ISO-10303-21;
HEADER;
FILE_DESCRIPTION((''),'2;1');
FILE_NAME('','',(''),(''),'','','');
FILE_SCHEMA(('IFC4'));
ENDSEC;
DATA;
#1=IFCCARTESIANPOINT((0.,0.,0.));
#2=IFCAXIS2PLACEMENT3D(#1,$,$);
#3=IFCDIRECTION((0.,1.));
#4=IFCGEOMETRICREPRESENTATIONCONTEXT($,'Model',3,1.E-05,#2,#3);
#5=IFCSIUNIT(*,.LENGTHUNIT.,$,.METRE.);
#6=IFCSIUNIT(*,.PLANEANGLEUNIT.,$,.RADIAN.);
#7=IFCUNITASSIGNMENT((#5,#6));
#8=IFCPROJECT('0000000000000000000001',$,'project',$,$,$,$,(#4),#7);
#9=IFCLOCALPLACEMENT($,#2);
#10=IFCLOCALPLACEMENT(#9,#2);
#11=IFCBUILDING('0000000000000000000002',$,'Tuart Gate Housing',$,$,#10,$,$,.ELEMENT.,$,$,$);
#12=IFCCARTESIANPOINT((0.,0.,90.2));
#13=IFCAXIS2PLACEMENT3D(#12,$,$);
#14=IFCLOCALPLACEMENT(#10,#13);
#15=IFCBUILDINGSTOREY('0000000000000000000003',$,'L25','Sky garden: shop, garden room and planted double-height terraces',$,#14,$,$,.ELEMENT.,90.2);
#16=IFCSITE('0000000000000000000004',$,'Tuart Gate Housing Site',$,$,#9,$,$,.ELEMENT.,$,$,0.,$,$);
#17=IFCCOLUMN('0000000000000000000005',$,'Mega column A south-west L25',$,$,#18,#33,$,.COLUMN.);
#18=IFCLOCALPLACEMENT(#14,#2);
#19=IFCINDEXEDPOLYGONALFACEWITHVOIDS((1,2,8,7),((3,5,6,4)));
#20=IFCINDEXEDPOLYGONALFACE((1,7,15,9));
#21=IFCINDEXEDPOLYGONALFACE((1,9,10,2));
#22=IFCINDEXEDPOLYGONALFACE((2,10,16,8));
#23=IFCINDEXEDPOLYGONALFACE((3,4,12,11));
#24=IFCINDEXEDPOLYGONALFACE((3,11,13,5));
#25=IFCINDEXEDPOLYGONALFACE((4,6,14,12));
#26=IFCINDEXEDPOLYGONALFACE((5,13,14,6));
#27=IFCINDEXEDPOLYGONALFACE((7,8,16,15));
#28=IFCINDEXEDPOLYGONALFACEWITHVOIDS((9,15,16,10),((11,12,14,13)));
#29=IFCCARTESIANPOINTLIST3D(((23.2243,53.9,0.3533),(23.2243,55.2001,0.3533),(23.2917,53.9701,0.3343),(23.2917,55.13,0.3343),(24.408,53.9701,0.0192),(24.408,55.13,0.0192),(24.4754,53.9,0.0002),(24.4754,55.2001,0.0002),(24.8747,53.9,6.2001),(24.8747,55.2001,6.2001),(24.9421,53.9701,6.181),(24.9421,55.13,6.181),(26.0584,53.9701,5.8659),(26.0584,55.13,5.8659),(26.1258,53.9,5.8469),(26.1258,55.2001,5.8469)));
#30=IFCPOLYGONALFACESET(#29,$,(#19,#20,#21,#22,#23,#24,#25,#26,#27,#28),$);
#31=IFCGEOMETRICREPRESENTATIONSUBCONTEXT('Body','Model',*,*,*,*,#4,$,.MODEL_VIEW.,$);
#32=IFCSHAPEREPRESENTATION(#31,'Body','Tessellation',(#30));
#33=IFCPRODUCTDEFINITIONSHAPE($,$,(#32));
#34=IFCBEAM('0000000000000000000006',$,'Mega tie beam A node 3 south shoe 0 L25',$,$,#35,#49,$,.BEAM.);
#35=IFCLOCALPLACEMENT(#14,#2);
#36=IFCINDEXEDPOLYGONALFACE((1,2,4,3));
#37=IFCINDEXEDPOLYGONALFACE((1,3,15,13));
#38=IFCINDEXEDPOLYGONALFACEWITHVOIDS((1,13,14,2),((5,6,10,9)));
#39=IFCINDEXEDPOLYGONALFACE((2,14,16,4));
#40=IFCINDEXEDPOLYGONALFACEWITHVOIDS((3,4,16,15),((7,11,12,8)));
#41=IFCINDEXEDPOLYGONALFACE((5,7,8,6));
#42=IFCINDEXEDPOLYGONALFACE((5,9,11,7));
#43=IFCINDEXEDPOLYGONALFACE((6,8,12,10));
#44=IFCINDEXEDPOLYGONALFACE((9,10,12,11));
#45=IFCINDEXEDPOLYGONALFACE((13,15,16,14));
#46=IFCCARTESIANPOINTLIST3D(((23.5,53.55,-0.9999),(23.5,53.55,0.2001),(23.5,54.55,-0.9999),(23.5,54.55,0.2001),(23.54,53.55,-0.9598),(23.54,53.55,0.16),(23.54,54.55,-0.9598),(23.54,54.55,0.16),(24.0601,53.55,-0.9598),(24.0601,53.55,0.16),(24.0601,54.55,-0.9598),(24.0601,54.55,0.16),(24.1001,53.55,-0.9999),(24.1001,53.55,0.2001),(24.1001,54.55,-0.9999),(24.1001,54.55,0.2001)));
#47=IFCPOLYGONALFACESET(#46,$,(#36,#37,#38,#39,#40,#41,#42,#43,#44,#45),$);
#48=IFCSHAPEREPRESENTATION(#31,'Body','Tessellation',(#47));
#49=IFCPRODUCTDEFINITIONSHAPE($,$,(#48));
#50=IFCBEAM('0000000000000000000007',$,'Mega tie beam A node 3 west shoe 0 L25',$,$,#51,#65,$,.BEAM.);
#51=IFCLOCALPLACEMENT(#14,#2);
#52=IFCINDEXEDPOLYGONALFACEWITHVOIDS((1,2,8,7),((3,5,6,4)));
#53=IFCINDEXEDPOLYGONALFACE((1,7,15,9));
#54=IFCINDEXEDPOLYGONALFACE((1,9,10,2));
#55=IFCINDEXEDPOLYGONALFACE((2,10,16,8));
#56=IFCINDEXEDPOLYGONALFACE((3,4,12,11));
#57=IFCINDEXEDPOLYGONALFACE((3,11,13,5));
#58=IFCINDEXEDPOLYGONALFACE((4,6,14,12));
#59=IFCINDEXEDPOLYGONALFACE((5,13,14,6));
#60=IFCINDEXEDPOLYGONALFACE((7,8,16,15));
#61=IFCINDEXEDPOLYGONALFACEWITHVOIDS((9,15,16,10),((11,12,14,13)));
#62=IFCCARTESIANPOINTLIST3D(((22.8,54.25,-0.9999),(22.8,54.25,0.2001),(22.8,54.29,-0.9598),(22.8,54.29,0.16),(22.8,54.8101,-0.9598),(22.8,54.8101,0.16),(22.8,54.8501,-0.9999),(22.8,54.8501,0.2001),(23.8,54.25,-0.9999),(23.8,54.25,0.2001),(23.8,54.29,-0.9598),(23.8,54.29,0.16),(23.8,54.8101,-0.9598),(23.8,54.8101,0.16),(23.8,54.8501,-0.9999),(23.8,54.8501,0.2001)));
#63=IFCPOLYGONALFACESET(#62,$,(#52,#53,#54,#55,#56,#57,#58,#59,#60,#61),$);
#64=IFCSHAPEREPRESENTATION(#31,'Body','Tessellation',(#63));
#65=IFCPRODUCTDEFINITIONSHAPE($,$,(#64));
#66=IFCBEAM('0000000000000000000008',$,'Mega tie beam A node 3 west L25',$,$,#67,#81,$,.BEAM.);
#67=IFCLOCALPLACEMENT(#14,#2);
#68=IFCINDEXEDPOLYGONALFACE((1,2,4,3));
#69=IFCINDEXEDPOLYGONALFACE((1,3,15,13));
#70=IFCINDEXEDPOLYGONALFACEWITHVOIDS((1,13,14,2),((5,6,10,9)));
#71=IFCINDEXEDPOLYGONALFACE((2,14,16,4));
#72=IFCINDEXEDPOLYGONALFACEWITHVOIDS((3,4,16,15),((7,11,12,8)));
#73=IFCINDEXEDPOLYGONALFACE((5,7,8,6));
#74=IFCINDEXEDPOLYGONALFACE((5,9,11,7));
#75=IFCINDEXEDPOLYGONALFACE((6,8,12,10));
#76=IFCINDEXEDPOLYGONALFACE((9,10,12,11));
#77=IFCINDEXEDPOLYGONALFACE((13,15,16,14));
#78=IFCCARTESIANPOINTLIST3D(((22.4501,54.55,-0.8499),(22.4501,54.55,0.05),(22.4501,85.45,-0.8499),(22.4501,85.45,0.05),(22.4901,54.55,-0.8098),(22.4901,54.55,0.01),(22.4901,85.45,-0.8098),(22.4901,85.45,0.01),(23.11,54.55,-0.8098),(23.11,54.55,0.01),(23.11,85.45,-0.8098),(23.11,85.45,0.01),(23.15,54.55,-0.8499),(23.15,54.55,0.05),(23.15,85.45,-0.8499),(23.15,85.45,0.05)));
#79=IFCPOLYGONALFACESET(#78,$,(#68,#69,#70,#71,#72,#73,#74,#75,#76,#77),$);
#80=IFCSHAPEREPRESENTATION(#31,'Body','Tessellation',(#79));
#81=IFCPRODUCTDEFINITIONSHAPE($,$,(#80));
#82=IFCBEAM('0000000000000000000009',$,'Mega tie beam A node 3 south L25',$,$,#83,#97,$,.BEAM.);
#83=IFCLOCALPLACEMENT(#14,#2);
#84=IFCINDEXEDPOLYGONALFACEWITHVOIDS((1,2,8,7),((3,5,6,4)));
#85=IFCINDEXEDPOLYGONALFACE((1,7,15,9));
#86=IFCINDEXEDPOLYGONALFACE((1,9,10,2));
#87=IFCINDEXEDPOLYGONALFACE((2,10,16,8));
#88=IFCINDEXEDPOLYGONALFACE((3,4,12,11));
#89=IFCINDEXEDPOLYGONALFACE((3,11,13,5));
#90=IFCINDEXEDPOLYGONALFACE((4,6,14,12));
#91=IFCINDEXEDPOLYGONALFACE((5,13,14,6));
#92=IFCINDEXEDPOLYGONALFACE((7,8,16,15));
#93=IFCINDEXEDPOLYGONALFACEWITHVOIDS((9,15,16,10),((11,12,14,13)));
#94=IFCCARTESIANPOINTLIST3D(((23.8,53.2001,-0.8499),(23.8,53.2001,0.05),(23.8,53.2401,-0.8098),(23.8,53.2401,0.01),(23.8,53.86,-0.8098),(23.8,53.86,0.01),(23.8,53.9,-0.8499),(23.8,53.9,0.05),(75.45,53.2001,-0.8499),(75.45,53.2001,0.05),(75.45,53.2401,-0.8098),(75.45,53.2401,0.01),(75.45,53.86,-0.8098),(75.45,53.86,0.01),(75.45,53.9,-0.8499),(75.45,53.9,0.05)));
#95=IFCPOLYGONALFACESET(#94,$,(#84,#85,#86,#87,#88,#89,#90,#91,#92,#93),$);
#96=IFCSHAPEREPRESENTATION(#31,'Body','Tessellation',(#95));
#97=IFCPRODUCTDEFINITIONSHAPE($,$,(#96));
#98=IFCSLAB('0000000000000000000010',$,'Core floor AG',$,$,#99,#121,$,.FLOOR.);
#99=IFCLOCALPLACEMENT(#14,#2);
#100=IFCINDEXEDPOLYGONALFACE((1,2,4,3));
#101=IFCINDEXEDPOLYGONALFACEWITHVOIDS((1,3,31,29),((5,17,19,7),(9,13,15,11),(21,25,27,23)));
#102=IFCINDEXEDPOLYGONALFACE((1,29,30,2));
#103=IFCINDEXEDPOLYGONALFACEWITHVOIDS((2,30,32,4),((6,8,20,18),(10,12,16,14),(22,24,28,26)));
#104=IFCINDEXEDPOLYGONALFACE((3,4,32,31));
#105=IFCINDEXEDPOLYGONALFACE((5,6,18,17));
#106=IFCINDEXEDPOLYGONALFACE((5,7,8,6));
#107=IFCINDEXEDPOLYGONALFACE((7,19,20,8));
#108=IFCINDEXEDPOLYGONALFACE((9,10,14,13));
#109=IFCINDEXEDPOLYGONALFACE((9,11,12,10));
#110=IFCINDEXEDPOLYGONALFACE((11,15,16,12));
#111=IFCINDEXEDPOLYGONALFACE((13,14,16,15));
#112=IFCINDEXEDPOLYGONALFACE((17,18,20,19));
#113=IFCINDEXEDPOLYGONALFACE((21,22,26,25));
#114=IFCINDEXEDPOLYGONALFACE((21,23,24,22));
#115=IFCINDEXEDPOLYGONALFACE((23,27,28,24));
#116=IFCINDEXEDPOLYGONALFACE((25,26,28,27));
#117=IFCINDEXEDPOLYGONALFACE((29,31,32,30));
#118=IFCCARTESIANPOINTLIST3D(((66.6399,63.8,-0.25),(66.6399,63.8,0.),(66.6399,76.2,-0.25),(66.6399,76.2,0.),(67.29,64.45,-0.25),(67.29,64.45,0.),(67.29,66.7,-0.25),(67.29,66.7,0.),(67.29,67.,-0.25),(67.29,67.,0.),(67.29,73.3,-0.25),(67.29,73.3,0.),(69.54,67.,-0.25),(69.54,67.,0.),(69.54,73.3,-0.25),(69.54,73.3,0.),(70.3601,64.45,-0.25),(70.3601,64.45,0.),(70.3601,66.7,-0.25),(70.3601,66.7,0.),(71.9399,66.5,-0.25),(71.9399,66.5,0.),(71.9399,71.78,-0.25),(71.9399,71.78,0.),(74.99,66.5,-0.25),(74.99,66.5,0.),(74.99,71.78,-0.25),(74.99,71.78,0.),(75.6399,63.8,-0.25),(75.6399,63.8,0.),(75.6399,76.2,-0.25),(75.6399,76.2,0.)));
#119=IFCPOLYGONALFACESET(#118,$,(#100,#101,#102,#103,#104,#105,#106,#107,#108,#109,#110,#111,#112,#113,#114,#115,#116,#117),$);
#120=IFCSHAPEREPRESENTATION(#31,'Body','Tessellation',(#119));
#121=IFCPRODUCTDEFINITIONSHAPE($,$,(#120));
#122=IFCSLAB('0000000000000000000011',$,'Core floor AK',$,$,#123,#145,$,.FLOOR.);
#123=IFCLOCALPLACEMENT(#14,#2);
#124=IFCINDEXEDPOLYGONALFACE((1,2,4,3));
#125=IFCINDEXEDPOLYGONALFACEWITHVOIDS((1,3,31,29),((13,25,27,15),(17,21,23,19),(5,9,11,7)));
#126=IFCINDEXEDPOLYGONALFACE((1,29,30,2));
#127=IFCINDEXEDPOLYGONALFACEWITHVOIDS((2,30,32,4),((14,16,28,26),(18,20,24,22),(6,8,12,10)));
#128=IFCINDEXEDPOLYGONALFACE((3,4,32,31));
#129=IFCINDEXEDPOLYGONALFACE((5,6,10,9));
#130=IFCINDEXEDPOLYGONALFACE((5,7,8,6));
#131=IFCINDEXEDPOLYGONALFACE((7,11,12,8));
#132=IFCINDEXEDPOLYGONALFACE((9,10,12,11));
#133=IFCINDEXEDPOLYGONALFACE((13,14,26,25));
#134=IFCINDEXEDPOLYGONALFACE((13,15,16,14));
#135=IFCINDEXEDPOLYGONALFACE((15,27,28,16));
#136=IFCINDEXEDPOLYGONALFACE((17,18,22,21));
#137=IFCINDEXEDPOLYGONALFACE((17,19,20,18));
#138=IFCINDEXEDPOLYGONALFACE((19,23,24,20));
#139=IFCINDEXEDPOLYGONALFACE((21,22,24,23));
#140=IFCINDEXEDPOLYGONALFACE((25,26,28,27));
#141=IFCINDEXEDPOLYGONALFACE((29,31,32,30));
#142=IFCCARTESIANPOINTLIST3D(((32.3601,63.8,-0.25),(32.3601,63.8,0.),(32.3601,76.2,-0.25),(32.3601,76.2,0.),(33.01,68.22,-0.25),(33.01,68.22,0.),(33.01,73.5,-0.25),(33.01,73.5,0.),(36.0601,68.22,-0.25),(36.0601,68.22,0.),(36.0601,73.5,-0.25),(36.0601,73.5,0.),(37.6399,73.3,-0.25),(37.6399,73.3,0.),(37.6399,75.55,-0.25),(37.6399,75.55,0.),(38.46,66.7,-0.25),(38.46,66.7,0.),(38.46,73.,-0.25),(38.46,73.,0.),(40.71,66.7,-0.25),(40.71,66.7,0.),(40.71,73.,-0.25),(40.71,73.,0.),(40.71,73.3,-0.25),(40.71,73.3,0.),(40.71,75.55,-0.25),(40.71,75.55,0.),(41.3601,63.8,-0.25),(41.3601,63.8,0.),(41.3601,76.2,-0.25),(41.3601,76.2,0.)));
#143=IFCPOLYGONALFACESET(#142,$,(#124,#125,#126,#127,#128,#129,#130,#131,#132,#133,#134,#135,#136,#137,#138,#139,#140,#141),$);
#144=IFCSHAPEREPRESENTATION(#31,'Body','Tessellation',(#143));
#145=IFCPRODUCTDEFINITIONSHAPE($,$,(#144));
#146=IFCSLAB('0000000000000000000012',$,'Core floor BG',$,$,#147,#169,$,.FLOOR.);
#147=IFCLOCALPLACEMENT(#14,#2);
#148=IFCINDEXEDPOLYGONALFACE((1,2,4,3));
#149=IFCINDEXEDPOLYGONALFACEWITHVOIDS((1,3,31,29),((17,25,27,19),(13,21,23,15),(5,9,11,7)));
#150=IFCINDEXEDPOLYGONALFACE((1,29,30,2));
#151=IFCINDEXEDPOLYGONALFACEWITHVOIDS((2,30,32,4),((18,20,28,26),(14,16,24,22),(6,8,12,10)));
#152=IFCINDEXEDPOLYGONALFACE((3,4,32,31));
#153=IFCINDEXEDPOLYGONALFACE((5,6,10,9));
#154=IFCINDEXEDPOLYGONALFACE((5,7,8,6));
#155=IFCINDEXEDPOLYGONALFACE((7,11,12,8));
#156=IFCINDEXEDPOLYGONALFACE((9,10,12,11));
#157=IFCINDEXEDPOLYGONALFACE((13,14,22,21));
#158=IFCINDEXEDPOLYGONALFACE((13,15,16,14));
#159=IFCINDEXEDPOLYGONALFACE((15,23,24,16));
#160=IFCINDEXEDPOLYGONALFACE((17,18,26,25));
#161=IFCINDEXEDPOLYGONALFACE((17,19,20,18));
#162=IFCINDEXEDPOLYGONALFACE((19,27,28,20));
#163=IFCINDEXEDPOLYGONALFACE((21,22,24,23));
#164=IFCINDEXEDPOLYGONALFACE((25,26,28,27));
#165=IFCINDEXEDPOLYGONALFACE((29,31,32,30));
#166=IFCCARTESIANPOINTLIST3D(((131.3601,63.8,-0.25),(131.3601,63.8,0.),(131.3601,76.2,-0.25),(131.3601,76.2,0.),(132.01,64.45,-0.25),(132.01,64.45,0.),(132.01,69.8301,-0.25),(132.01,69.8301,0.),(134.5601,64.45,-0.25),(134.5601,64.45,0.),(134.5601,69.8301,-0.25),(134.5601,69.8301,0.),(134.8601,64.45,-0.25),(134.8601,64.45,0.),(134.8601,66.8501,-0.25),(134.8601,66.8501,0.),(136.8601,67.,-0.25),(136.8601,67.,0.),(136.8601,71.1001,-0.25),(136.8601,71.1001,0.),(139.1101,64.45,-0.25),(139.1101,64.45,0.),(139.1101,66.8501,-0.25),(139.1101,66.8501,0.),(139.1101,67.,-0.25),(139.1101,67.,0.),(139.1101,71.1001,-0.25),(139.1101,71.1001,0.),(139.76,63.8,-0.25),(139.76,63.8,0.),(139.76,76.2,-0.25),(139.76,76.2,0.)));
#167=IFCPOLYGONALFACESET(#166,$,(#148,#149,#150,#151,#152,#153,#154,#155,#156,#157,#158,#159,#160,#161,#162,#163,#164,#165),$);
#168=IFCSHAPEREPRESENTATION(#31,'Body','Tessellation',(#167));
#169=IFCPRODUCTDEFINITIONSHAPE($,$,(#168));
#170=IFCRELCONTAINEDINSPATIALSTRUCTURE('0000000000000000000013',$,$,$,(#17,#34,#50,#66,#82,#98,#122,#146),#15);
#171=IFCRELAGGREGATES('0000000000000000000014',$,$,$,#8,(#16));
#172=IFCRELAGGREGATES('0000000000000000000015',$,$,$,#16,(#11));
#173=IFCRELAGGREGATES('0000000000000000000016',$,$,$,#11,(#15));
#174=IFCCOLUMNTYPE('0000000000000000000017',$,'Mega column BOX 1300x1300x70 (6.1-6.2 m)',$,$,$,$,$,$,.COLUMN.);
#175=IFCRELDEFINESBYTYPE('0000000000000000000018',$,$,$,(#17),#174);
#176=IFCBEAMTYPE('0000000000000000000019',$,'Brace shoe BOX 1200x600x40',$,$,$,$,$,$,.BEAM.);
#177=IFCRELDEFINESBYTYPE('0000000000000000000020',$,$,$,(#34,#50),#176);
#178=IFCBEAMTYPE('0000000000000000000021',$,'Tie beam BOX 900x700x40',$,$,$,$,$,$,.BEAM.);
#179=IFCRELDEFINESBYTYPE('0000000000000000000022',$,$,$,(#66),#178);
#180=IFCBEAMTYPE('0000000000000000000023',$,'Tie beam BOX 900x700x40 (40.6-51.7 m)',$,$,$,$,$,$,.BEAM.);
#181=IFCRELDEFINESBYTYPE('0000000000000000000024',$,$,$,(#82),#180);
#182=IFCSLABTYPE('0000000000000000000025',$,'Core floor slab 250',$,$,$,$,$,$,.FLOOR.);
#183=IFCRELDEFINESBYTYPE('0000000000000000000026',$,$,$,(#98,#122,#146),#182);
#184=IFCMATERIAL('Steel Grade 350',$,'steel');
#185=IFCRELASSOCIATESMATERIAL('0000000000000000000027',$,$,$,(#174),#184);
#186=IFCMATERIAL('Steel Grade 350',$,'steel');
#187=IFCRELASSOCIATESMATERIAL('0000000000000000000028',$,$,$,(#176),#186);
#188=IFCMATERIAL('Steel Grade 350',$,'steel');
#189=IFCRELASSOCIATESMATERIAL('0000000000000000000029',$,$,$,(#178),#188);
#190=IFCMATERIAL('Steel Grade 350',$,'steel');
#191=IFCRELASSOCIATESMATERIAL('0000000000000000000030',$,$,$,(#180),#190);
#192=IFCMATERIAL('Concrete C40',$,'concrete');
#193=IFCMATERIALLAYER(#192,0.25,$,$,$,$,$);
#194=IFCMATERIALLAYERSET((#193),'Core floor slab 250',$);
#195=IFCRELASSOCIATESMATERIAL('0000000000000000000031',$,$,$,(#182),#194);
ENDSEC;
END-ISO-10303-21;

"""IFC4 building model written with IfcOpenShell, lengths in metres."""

from ifc_helpers import new_model, si_unit, direction, frame, origin, origin_2d, place, context, subcontext, project, spatial, polyline, hollow_rectangle, outline, extrude, material, layer, layer_set, material_profile, profile_set, type_object, element, save


model = new_model("IFC4")

# Units and contexts
model_context = context("Model", 3, precision=1e-05, world=origin(), true_north=direction((0.0, 1.0)))
body_context = subcontext(model_context, "Body", "Model", "MODEL_VIEW")
ifc_project = project(units=[si_unit("LENGTHUNIT", "METRE"), si_unit("PLANEANGLEUNIT", "RADIAN")], contexts=[model_context])

# Site, building, storey
site_placement = place(None, origin())
site = spatial("IfcSite", under=ifc_project, at=site_placement, Name="Tuart Gate Housing Site", CompositionType="ELEMENT", RefElevation=0.0)
building_placement = place(site_placement, origin())
building = spatial("IfcBuilding", under=site, at=building_placement, Name="Tuart Gate Housing", CompositionType="ELEMENT")
storey_placement = place(building_placement, frame((0.0, 0.0, 90.2)))
storey = spatial("IfcBuildingStorey", under=building, at=storey_placement, Name="L25", Description="Sky garden: shop, garden room and planted double-height terraces", CompositionType="ELEMENT", Elevation=90.2)

# Column
ifc_material_1 = material(Name="Steel Grade 350", Category="steel")
ifc_material_profile_1 = material_profile(ifc_material_1, hollow_rectangle(XDim=1.3, YDim=1.3, WallThickness=0.0701, at=origin_2d()), Name="BOX 1300x1300x70")
ifc_profile_set_1 = profile_set([ifc_material_profile_1], Name="Steel Grade 350")
column_type = type_object("IfcColumnType", Name="Mega column BOX 1300x1300x70 (6.1-6.2 m)", PredefinedType="COLUMN", material=ifc_profile_set_1)
column_placement = place(storey_placement, frame((23.8499, 54.55, 0.1768), z_axis=(0.271663, 0.0, 0.962393), x_axis=(0.0, 1.0, 0.0)))
element("IfcColumn", 1, at=column_placement, inside=storey, type_object=column_type, Name="Mega column A south-west L25", PredefinedType="COLUMN", context=body_context, shape_type="SweptSolid", body=[
    extrude(hollow_rectangle(XDim=1.3, YDim=1.3, WallThickness=0.0701, at=origin_2d()), origin(), (0.0, 0.0, 1.0), 6.0752),
])

# Beams
ifc_material_2 = material(Name="Steel Grade 350", Category="steel")
ifc_material_profile_2 = material_profile(ifc_material_2, hollow_rectangle(XDim=0.6001, YDim=1.2, WallThickness=0.04, at=origin_2d()), Name="BOX 1200x600x40")
ifc_profile_set_2 = profile_set([ifc_material_profile_2], Name="Steel Grade 350")
beam_type_1 = type_object("IfcBeamType", Name="Brace shoe BOX 1200x600x40", PredefinedType="BEAM", material=ifc_profile_set_2)
for number, where, z_axis, x_axis, name in (
    (2, (23.8, 54.55, -0.3999), (0.0, -1.0, 0.0), (1.0, 0.0, 0.0), "Mega tie beam A node 3 south shoe 0 L25"),
    (3, (23.8, 54.55, -0.3999), (-1.0, 0.0, 0.0), (0.0, -1.0, 0.0), "Mega tie beam A node 3 west shoe 0 L25"),
):
    element("IfcBeam", number, at=place(storey_placement, frame(where, z_axis=z_axis, x_axis=x_axis)), inside=storey, type_object=beam_type_1, Name=name, PredefinedType="BEAM", context=body_context, shape_type="SweptSolid", body=[
        extrude(hollow_rectangle(XDim=0.6001, YDim=1.2, WallThickness=0.04, at=origin_2d()), origin(), (0.0, 0.0, 1.0), 1.0),
    ])
ifc_material_3 = material(Name="Steel Grade 350", Category="steel")
ifc_material_profile_3 = material_profile(ifc_material_3, hollow_rectangle(XDim=0.7, YDim=0.8999, WallThickness=0.04, at=origin_2d()), Name="BOX 900x700x40")
ifc_profile_set_3 = profile_set([ifc_material_profile_3], Name="Steel Grade 350")
beam_type_2 = type_object("IfcBeamType", Name="Tie beam BOX 900x700x40", PredefinedType="BEAM", material=ifc_profile_set_3)
beam_1_placement = place(storey_placement, frame((22.8, 54.55, -0.3999), z_axis=(0.0, 1.0, 0.0), x_axis=(-1.0, 0.0, 0.0)))
element("IfcBeam", 4, at=beam_1_placement, inside=storey, type_object=beam_type_2, Name="Mega tie beam A node 3 west L25", PredefinedType="BEAM", context=body_context, shape_type="SweptSolid", body=[
    extrude(hollow_rectangle(XDim=0.7, YDim=0.8999, WallThickness=0.04, at=origin_2d()), origin(), (0.0, 0.0, 1.0), 30.8999),
])
ifc_material_4 = material(Name="Steel Grade 350", Category="steel")
ifc_material_profile_4 = material_profile(ifc_material_4, hollow_rectangle(XDim=0.7, YDim=0.8999, WallThickness=0.04, at=origin_2d()), Name="BOX 900x700x40")
ifc_profile_set_4 = profile_set([ifc_material_profile_4], Name="Steel Grade 350")
beam_type_3 = type_object("IfcBeamType", Name="Tie beam BOX 900x700x40 (40.6-51.7 m)", PredefinedType="BEAM", material=ifc_profile_set_4)
beam_2_placement = place(storey_placement, frame((23.8, 53.55, -0.3999), z_axis=(1.0, 0.0, 0.0), x_axis=(0.0, 1.0, 0.0)))
element("IfcBeam", 5, at=beam_2_placement, inside=storey, type_object=beam_type_3, Name="Mega tie beam A node 3 south L25", PredefinedType="BEAM", context=body_context, shape_type="SweptSolid", body=[
    extrude(hollow_rectangle(XDim=0.7, YDim=0.8999, WallThickness=0.04, at=origin_2d()), origin(), (0.0, 0.0, 1.0), 51.6499),
])

# Slabs
ifc_material_5 = material(Name="Concrete C40", Category="concrete")
ifc_layer_1 = layer(ifc_material_5, 0.25)
ifc_layer_set_1 = layer_set([ifc_layer_1], Name="Core floor slab 250")
slab_type_1 = type_object("IfcSlabType", Name="Core floor slab 250", PredefinedType="FLOOR", material=ifc_layer_set_1)
slab_1_placement = place(storey_placement, frame((0.0, 0.0, -0.25)))
element("IfcSlab", 6, at=slab_1_placement, inside=storey, type_object=slab_type_1, Name="Core floor AG", PredefinedType="FLOOR", context=body_context, shape_type="SweptSolid", body=[
    extrude(outline(polyline([(66.6399, 63.8), (75.6399, 63.8), (75.6399, 76.2), (66.6399, 76.2), (66.6399, 63.8)]), holes=[polyline([(67.29, 64.45), (70.3601, 64.45), (70.3601, 66.7), (67.29, 66.7), (67.29, 64.45)]), polyline([(67.29, 67.0), (69.54, 67.0), (69.54, 73.3), (67.29, 73.3), (67.29, 67.0)]), polyline([(71.9399, 66.5), (74.99, 66.5), (74.99, 71.78), (71.9399, 71.78), (71.9399, 66.5)])]), origin(), (0.0, 0.0, 1.0), 0.25),
])
slab_2_placement = place(storey_placement, frame((0.0, 0.0, -0.25)))
element("IfcSlab", 7, at=slab_2_placement, inside=storey, type_object=slab_type_1, Name="Core floor AK", PredefinedType="FLOOR", context=body_context, shape_type="SweptSolid", body=[
    extrude(outline(polyline([(32.3601, 63.8), (41.3601, 63.8), (41.3601, 76.2), (32.3601, 76.2), (32.3601, 63.8)]), holes=[polyline([(40.71, 75.55), (37.6399, 75.55), (37.6399, 73.3), (40.71, 73.3), (40.71, 75.55)]), polyline([(40.71, 73.0), (38.46, 73.0), (38.46, 66.7), (40.71, 66.7), (40.71, 73.0)]), polyline([(36.0601, 73.5), (33.01, 73.5), (33.01, 68.22), (36.0601, 68.22), (36.0601, 73.5)])]), origin(), (0.0, 0.0, 1.0), 0.25),
])
slab_3_placement = place(storey_placement, frame((0.0, 0.0, -0.25)))
element("IfcSlab", 8, at=slab_3_placement, inside=storey, type_object=slab_type_1, Name="Core floor BG", PredefinedType="FLOOR", context=body_context, shape_type="SweptSolid", body=[
    extrude(outline(polyline([(131.3601, 63.8), (139.76, 63.8), (139.76, 76.2), (131.3601, 76.2), (131.3601, 63.8)]), holes=[polyline([(139.1101, 66.8501), (134.8601, 66.8501), (134.8601, 64.45), (139.1101, 64.45), (139.1101, 66.8501)]), polyline([(139.1101, 71.1001), (136.8601, 71.1001), (136.8601, 67.0), (139.1101, 67.0), (139.1101, 71.1001)]), polyline([(134.5601, 69.8301), (132.01, 69.8301), (132.01, 64.45), (134.5601, 64.45), (134.5601, 69.8301)])]), origin(), (0.0, 0.0, 1.0), 0.25),
])

save(model, "model.ifc")
